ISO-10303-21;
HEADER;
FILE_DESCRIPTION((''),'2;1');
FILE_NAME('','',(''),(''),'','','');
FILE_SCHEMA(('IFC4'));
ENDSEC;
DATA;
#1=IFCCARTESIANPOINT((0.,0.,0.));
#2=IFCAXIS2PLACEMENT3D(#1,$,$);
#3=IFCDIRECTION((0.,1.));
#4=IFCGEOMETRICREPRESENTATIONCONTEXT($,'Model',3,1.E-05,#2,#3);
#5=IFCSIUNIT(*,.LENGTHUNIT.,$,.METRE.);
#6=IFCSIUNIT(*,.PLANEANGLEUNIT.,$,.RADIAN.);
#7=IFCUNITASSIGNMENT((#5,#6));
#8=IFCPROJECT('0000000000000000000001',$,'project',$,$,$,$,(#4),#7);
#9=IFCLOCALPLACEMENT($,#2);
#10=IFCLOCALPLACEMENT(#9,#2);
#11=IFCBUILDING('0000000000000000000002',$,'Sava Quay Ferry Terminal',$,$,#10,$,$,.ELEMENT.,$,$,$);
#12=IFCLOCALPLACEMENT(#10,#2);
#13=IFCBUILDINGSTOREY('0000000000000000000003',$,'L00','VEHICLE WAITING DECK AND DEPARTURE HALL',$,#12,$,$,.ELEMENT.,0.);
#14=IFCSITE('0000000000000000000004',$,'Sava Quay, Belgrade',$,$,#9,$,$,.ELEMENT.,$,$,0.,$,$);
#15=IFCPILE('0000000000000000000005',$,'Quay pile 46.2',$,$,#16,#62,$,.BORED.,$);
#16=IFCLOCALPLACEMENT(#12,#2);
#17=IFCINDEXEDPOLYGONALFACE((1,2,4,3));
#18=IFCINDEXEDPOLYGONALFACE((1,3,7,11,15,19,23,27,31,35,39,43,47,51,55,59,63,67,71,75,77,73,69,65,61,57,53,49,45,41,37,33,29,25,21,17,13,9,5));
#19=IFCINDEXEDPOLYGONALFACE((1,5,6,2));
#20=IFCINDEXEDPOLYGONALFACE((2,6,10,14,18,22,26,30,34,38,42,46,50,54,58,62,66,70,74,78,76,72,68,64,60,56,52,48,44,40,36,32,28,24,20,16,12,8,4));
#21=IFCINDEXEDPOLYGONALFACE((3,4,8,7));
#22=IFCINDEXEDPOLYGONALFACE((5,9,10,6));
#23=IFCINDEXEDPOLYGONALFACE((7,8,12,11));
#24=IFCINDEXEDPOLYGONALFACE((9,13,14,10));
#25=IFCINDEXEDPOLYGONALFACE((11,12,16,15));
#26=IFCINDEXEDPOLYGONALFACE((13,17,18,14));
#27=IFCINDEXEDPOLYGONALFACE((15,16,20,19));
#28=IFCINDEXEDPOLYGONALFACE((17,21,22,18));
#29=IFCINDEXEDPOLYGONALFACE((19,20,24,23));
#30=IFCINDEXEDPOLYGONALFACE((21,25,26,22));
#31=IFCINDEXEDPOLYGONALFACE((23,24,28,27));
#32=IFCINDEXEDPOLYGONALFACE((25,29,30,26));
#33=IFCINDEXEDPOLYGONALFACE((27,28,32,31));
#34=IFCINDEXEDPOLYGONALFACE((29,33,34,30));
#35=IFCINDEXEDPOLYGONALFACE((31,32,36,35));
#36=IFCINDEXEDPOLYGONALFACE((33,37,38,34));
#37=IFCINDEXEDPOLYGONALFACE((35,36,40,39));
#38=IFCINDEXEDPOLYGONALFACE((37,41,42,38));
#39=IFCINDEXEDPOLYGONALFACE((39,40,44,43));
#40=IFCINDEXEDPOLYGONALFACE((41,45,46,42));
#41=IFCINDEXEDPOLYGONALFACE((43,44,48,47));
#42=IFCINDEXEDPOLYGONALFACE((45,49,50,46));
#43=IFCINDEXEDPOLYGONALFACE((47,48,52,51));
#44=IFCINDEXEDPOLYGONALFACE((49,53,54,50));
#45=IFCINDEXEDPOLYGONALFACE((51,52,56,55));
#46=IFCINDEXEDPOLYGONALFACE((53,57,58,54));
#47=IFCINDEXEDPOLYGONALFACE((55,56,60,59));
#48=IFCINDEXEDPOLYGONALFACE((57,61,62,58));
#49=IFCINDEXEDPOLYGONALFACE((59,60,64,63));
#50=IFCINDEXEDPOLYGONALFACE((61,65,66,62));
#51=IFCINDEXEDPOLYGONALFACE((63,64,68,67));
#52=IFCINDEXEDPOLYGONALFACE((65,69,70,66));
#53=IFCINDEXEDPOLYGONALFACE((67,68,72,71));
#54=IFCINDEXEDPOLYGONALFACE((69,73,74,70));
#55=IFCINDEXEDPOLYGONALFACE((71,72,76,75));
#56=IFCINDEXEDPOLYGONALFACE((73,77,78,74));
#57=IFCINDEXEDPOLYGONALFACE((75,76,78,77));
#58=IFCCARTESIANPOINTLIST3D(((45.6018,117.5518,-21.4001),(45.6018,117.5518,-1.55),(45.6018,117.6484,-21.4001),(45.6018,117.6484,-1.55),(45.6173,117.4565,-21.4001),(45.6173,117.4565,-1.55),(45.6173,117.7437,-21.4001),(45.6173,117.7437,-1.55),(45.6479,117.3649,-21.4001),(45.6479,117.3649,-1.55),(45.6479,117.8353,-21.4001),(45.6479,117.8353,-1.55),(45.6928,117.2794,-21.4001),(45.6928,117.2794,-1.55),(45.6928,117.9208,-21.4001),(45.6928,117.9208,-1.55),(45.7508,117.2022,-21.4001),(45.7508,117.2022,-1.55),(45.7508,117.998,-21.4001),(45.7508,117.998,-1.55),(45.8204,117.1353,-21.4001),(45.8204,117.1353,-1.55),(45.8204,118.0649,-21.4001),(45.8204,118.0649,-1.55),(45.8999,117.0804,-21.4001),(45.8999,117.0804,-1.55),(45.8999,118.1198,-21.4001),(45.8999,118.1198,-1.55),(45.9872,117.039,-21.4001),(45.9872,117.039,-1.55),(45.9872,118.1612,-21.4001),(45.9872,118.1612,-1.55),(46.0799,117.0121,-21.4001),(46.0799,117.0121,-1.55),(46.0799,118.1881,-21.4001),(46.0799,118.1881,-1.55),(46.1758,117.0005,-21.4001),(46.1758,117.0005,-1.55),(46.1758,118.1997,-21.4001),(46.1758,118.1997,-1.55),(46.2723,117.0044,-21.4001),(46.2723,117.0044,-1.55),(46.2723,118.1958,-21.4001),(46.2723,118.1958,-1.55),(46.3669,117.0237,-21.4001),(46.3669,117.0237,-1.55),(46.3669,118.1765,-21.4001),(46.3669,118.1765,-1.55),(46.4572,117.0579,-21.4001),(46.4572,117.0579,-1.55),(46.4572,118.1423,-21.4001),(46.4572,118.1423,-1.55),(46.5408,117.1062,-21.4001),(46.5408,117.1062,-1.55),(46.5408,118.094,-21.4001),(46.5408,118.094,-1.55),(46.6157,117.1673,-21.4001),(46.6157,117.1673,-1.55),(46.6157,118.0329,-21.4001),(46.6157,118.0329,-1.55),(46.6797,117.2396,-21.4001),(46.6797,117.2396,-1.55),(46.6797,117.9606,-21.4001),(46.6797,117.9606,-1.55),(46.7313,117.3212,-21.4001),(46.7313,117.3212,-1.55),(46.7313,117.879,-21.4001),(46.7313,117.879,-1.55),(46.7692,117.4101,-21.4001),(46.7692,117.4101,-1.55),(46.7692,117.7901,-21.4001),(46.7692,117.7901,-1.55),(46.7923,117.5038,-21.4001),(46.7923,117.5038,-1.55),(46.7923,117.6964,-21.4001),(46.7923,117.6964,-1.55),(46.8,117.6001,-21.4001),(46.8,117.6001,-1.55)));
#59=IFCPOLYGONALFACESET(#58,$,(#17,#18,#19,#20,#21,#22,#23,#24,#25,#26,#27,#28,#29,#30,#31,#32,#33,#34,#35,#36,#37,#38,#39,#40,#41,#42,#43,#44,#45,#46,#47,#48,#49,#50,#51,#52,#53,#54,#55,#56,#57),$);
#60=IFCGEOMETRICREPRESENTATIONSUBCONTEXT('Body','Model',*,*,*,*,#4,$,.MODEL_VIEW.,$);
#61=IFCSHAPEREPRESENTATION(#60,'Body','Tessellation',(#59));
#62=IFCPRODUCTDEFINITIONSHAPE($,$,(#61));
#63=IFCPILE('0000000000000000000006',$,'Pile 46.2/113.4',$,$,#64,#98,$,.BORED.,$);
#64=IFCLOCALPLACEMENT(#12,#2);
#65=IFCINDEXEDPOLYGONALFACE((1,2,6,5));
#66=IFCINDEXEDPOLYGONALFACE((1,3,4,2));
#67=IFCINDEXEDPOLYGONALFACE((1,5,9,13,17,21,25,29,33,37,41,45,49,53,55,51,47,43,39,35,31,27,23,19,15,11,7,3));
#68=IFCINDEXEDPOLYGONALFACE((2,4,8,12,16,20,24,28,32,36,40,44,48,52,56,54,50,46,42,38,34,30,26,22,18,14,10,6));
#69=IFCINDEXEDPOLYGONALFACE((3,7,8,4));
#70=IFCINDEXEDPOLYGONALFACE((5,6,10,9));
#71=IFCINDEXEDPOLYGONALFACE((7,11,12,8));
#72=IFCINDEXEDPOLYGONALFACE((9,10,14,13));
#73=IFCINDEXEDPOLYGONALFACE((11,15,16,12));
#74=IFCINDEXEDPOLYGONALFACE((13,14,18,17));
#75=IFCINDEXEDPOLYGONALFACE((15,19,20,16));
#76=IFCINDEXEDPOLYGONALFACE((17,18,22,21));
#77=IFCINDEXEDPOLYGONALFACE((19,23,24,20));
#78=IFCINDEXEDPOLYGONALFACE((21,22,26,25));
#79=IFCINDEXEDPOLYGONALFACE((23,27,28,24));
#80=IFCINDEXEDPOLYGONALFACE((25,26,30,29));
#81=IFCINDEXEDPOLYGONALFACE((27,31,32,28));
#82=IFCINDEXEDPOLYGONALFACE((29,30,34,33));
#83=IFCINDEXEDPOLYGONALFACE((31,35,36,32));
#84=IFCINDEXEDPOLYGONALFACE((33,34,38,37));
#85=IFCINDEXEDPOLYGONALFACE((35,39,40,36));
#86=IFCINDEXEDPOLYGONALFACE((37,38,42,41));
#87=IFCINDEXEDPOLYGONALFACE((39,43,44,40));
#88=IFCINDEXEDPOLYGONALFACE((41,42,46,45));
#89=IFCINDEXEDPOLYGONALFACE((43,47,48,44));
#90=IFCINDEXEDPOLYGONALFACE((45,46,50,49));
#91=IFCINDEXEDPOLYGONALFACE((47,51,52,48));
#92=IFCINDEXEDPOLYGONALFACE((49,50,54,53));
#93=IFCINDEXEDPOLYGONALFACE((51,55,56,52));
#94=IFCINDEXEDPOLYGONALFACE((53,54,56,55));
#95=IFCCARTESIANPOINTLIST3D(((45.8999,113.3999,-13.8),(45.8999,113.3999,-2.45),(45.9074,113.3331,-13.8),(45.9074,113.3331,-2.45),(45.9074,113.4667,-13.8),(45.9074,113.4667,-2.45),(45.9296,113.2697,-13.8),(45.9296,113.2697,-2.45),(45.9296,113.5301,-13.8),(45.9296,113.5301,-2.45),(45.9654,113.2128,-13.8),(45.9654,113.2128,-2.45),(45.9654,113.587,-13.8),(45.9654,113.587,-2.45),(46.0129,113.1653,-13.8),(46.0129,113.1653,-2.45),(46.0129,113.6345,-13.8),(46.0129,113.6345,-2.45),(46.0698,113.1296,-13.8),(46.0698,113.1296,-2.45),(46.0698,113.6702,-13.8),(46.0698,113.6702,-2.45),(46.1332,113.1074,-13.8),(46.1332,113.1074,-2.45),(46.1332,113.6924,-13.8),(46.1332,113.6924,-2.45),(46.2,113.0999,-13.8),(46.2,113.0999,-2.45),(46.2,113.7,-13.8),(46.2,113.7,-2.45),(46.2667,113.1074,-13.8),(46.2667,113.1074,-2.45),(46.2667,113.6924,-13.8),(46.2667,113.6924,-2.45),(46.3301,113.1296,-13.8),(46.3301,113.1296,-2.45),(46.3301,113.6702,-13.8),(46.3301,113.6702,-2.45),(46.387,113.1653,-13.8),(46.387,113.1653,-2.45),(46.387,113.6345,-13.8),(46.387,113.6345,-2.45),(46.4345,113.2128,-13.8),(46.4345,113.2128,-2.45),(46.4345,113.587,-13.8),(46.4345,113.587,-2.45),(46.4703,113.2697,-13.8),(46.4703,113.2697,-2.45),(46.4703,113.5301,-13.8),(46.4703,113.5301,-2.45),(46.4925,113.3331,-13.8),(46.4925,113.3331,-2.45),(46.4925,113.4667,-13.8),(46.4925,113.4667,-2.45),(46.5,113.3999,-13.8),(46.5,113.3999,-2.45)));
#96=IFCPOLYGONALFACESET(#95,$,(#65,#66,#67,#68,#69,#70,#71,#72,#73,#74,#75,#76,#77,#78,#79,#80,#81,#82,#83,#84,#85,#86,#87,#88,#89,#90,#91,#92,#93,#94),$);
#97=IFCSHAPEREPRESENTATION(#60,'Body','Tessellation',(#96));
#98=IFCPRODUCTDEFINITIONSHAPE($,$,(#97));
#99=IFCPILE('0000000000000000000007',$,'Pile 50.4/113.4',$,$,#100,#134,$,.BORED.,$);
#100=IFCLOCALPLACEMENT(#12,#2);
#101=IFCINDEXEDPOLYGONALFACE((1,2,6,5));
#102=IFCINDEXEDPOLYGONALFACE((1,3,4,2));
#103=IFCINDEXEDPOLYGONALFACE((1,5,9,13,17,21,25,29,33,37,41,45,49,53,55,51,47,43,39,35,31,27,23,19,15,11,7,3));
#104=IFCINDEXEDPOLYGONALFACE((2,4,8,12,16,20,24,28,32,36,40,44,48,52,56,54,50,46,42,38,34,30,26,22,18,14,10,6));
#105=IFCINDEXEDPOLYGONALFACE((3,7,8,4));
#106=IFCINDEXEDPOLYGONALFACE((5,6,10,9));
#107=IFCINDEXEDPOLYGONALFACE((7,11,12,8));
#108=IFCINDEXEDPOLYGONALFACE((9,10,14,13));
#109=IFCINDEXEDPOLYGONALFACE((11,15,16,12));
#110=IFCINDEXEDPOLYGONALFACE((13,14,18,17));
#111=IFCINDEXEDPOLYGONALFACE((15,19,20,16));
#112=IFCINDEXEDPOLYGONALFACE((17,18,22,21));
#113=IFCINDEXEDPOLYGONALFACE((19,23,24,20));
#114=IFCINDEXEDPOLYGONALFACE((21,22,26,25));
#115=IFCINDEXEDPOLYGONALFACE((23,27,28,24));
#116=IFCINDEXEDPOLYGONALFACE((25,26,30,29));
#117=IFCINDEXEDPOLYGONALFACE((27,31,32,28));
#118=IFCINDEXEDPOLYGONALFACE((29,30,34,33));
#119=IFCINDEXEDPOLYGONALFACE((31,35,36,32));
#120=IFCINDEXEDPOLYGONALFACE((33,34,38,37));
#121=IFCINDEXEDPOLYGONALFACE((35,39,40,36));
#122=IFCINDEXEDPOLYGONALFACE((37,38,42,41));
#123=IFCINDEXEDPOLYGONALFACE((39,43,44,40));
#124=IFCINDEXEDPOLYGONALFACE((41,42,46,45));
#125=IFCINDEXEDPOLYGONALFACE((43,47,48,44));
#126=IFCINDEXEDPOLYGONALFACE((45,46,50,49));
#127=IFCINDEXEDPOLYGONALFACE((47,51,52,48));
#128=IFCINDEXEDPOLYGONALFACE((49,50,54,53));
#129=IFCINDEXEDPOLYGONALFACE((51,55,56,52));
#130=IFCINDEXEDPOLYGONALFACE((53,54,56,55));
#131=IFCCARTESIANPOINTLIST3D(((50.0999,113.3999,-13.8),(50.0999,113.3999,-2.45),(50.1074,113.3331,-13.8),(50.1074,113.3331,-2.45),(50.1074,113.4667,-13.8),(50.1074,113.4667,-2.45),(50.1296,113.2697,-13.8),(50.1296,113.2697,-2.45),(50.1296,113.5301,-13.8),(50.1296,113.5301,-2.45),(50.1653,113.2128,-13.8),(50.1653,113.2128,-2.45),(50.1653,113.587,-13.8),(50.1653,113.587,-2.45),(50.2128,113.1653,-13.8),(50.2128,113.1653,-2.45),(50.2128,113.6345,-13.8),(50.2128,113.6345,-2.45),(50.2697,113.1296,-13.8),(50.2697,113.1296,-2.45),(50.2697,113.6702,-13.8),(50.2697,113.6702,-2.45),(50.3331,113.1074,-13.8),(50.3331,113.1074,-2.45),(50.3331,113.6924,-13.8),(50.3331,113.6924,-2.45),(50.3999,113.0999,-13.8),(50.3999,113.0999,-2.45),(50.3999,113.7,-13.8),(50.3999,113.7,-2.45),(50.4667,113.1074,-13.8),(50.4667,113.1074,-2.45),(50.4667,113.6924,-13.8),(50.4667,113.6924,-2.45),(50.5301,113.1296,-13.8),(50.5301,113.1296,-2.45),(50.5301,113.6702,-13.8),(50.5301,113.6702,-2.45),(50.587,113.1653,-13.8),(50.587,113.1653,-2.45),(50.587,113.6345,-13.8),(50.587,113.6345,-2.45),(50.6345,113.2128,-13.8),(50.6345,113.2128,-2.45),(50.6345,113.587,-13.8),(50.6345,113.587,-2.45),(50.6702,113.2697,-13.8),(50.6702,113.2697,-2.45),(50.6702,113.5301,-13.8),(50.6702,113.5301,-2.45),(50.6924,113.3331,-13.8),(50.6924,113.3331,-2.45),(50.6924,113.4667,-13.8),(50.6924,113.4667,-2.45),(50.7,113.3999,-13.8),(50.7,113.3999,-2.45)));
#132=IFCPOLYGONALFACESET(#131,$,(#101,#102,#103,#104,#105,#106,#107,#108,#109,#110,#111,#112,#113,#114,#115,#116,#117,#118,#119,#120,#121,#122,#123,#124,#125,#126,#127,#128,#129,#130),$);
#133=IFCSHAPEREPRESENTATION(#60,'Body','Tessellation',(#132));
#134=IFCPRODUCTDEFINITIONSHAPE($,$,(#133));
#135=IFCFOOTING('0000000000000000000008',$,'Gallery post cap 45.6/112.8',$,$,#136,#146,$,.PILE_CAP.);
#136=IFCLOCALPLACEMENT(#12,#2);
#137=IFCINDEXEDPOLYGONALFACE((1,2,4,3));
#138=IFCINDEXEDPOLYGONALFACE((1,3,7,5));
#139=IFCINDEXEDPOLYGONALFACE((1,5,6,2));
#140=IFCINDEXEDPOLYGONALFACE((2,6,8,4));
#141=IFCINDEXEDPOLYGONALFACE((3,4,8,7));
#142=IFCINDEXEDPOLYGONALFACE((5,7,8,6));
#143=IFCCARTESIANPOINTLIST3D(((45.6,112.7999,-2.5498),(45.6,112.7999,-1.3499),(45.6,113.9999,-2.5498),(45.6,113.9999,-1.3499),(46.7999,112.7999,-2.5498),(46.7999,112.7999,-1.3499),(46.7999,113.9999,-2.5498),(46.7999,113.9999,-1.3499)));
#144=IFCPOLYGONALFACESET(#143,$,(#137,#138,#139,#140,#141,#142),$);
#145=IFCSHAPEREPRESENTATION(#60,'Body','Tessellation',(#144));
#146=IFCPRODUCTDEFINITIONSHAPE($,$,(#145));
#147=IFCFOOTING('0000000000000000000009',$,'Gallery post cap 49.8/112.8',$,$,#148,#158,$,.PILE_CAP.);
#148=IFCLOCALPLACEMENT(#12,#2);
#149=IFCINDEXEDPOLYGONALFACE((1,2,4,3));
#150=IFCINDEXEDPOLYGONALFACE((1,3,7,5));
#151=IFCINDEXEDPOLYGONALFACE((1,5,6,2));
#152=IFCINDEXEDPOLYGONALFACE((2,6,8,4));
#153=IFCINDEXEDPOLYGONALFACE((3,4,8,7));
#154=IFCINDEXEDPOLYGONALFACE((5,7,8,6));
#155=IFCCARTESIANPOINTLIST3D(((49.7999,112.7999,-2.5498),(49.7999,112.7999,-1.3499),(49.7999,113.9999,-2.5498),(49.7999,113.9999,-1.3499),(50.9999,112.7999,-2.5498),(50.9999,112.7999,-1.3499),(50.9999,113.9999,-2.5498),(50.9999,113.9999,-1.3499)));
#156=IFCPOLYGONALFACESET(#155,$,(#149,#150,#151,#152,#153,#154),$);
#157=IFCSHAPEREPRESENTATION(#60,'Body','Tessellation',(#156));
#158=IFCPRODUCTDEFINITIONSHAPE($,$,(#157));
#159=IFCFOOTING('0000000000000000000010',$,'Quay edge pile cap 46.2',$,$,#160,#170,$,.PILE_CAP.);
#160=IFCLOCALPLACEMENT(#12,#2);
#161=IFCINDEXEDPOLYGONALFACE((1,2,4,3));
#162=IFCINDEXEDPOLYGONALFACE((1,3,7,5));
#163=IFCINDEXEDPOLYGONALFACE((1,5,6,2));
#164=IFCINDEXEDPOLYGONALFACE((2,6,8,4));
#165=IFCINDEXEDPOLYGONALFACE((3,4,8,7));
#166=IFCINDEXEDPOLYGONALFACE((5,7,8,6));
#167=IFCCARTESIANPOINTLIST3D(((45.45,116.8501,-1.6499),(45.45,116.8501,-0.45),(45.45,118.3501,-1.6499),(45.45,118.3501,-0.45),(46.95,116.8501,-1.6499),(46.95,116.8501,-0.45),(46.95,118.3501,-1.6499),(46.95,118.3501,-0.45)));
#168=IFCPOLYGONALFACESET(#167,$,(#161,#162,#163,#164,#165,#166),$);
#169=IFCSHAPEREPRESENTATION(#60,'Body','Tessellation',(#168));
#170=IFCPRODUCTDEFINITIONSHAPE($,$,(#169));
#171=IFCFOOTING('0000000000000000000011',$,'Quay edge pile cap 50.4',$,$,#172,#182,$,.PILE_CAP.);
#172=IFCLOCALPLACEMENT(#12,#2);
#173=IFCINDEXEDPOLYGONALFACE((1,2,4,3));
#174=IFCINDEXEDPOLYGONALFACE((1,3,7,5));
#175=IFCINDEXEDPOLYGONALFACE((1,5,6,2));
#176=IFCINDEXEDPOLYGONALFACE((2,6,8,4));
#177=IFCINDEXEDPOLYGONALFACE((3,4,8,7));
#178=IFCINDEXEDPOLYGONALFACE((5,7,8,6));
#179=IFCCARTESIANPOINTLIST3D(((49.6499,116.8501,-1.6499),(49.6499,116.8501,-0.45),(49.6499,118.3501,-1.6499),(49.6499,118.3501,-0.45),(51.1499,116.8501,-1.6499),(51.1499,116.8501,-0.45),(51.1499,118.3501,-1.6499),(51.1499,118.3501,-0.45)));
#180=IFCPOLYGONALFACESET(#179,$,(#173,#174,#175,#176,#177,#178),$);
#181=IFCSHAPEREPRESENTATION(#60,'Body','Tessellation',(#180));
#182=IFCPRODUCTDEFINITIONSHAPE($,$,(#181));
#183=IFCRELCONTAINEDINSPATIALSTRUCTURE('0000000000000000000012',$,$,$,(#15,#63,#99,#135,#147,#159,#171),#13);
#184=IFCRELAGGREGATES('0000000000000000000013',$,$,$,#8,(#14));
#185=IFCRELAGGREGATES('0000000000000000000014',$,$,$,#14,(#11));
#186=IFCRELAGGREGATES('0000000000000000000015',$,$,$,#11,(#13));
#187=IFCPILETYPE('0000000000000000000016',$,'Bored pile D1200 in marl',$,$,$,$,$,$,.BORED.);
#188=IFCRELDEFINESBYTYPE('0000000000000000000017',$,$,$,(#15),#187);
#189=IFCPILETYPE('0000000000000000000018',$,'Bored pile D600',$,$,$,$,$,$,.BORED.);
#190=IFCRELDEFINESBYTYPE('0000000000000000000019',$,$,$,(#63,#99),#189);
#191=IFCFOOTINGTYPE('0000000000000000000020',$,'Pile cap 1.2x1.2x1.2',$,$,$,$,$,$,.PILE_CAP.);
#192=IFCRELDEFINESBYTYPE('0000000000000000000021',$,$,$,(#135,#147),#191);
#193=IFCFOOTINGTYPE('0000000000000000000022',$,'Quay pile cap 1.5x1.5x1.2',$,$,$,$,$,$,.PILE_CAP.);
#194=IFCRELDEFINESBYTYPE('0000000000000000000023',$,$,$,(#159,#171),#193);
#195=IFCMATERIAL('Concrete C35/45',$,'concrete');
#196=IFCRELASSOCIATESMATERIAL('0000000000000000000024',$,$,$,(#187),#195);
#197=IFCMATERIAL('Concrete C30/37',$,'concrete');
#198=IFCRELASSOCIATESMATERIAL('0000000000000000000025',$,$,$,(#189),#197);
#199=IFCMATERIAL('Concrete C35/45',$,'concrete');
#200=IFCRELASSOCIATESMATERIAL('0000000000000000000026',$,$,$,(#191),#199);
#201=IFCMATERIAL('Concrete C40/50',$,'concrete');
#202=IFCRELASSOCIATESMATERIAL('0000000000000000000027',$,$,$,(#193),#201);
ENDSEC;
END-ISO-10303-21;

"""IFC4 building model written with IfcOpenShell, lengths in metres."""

from ifc_helpers import new_model, si_unit, direction, frame, origin, origin_2d, place, context, subcontext, project, spatial, rectangle, circle, extrude, material, material_profile, profile_set, type_object, element, save


model = new_model("IFC4")

# Units and contexts
model_context = context("Model", 3, precision=1e-05, world=origin(), true_north=direction((0.0, 1.0)))
body_context = subcontext(model_context, "Body", "Model", "MODEL_VIEW")
ifc_project = project(units=[si_unit("LENGTHUNIT", "METRE"), si_unit("PLANEANGLEUNIT", "RADIAN")], contexts=[model_context])

# Site, building, storey
site_placement = place(None, origin())
site = spatial("IfcSite", under=ifc_project, at=site_placement, Name="Sava Quay, Belgrade", CompositionType="ELEMENT", RefElevation=0.0)
building_placement = place(site_placement, origin())
building = spatial("IfcBuilding", under=site, at=building_placement, Name="Sava Quay Ferry Terminal", CompositionType="ELEMENT")
storey_placement = place(building_placement, origin())
storey = spatial("IfcBuildingStorey", under=building, at=storey_placement, Name="L00", Description="VEHICLE WAITING DECK AND DEPARTURE HALL", CompositionType="ELEMENT", Elevation=0.0)

# Piles
ifc_material_1 = material(Name="Concrete C35/45", Category="concrete")
ifc_material_profile_1 = material_profile(ifc_material_1, circle(Radius=0.6001, at=origin_2d()), Name="Bored pile D1200 in marl")
ifc_profile_set_1 = profile_set([ifc_material_profile_1], Name="Concrete C35/45")
pile_type_1 = type_object("IfcPileType", Name="Bored pile D1200 in marl", PredefinedType="BORED", material=ifc_profile_set_1)
pile_placement = place(storey_placement, frame((46.2, 117.6001, -1.55), z_axis=(0.0, 0.0, -1.0), x_axis=(1.0, 0.0, 0.0)))
element("IfcPile", 1, at=pile_placement, inside=storey, type_object=pile_type_1, Name="Quay pile 46.2", PredefinedType="BORED", context=body_context, shape_type="SweptSolid", body=[
    extrude(circle(Radius=0.6001, at=origin_2d()), origin(), (0.0, 0.0, 1.0), 19.8501),
])
ifc_material_2 = material(Name="Concrete C30/37", Category="concrete")
ifc_material_profile_2 = material_profile(ifc_material_2, circle(Radius=0.3, at=origin_2d()), Name="Bored pile D600")
ifc_profile_set_2 = profile_set([ifc_material_profile_2], Name="Concrete C30/37")
pile_type_2 = type_object("IfcPileType", Name="Bored pile D600", PredefinedType="BORED", material=ifc_profile_set_2)
for number, where, z_axis, x_axis, name in (
    (2, (46.2, 113.3999, -2.45), (0.0, 0.0, -1.0), (1.0, 0.0, 0.0), "Pile 46.2/113.4"),
    (3, (50.3999, 113.3999, -2.45), (0.0, 0.0, -1.0), (1.0, 0.0, 0.0), "Pile 50.4/113.4"),
):
    element("IfcPile", number, at=place(storey_placement, frame(where, z_axis=z_axis, x_axis=x_axis)), inside=storey, type_object=pile_type_2, Name=name, PredefinedType="BORED", context=body_context, shape_type="SweptSolid", body=[
        extrude(circle(Radius=0.3, at=origin_2d()), origin(), (0.0, 0.0, 1.0), 11.3501),
    ])

# Footings
ifc_material_3 = material(Name="Concrete C35/45", Category="concrete")
footing_type_1 = type_object("IfcFootingType", Name="Pile cap 1.2x1.2x1.2", PredefinedType="PILE_CAP", material=ifc_material_3)
for number, where, z_axis, x_axis, name in (
    (4, (46.2, 113.3999, -2.5498), (0.0, 0.0, 1.0), (1.0, 0.0, 0.0), "Gallery post cap 45.6/112.8"),
    (5, (50.3999, 113.3999, -2.5498), (0.0, 0.0, 1.0), (1.0, 0.0, 0.0), "Gallery post cap 49.8/112.8"),
):
    element("IfcFooting", number, at=place(storey_placement, frame(where, z_axis=z_axis, x_axis=x_axis)), inside=storey, type_object=footing_type_1, Name=name, PredefinedType="PILE_CAP", context=body_context, shape_type="SweptSolid", body=[
        extrude(rectangle(XDim=1.2, YDim=1.2, at=origin_2d()), origin(), (0.0, 0.0, 1.0), 1.2),
    ])
ifc_material_4 = material(Name="Concrete C40/50", Category="concrete")
footing_type_2 = type_object("IfcFootingType", Name="Quay pile cap 1.5x1.5x1.2", PredefinedType="PILE_CAP", material=ifc_material_4)
for number, where, z_axis, x_axis, name in (
    (6, (46.2, 117.6001, -1.6499), (0.0, 0.0, 1.0), (1.0, 0.0, 0.0), "Quay edge pile cap 46.2"),
    (7, (50.3999, 117.6001, -1.6499), (0.0, 0.0, 1.0), (1.0, 0.0, 0.0), "Quay edge pile cap 50.4"),
):
    element("IfcFooting", number, at=place(storey_placement, frame(where, z_axis=z_axis, x_axis=x_axis)), inside=storey, type_object=footing_type_2, Name=name, PredefinedType="PILE_CAP", context=body_context, shape_type="SweptSolid", body=[
        extrude(rectangle(XDim=1.5, YDim=1.5, at=origin_2d()), origin(), (0.0, 0.0, 1.0), 1.2),
    ])

save(model, "model.ifc")
